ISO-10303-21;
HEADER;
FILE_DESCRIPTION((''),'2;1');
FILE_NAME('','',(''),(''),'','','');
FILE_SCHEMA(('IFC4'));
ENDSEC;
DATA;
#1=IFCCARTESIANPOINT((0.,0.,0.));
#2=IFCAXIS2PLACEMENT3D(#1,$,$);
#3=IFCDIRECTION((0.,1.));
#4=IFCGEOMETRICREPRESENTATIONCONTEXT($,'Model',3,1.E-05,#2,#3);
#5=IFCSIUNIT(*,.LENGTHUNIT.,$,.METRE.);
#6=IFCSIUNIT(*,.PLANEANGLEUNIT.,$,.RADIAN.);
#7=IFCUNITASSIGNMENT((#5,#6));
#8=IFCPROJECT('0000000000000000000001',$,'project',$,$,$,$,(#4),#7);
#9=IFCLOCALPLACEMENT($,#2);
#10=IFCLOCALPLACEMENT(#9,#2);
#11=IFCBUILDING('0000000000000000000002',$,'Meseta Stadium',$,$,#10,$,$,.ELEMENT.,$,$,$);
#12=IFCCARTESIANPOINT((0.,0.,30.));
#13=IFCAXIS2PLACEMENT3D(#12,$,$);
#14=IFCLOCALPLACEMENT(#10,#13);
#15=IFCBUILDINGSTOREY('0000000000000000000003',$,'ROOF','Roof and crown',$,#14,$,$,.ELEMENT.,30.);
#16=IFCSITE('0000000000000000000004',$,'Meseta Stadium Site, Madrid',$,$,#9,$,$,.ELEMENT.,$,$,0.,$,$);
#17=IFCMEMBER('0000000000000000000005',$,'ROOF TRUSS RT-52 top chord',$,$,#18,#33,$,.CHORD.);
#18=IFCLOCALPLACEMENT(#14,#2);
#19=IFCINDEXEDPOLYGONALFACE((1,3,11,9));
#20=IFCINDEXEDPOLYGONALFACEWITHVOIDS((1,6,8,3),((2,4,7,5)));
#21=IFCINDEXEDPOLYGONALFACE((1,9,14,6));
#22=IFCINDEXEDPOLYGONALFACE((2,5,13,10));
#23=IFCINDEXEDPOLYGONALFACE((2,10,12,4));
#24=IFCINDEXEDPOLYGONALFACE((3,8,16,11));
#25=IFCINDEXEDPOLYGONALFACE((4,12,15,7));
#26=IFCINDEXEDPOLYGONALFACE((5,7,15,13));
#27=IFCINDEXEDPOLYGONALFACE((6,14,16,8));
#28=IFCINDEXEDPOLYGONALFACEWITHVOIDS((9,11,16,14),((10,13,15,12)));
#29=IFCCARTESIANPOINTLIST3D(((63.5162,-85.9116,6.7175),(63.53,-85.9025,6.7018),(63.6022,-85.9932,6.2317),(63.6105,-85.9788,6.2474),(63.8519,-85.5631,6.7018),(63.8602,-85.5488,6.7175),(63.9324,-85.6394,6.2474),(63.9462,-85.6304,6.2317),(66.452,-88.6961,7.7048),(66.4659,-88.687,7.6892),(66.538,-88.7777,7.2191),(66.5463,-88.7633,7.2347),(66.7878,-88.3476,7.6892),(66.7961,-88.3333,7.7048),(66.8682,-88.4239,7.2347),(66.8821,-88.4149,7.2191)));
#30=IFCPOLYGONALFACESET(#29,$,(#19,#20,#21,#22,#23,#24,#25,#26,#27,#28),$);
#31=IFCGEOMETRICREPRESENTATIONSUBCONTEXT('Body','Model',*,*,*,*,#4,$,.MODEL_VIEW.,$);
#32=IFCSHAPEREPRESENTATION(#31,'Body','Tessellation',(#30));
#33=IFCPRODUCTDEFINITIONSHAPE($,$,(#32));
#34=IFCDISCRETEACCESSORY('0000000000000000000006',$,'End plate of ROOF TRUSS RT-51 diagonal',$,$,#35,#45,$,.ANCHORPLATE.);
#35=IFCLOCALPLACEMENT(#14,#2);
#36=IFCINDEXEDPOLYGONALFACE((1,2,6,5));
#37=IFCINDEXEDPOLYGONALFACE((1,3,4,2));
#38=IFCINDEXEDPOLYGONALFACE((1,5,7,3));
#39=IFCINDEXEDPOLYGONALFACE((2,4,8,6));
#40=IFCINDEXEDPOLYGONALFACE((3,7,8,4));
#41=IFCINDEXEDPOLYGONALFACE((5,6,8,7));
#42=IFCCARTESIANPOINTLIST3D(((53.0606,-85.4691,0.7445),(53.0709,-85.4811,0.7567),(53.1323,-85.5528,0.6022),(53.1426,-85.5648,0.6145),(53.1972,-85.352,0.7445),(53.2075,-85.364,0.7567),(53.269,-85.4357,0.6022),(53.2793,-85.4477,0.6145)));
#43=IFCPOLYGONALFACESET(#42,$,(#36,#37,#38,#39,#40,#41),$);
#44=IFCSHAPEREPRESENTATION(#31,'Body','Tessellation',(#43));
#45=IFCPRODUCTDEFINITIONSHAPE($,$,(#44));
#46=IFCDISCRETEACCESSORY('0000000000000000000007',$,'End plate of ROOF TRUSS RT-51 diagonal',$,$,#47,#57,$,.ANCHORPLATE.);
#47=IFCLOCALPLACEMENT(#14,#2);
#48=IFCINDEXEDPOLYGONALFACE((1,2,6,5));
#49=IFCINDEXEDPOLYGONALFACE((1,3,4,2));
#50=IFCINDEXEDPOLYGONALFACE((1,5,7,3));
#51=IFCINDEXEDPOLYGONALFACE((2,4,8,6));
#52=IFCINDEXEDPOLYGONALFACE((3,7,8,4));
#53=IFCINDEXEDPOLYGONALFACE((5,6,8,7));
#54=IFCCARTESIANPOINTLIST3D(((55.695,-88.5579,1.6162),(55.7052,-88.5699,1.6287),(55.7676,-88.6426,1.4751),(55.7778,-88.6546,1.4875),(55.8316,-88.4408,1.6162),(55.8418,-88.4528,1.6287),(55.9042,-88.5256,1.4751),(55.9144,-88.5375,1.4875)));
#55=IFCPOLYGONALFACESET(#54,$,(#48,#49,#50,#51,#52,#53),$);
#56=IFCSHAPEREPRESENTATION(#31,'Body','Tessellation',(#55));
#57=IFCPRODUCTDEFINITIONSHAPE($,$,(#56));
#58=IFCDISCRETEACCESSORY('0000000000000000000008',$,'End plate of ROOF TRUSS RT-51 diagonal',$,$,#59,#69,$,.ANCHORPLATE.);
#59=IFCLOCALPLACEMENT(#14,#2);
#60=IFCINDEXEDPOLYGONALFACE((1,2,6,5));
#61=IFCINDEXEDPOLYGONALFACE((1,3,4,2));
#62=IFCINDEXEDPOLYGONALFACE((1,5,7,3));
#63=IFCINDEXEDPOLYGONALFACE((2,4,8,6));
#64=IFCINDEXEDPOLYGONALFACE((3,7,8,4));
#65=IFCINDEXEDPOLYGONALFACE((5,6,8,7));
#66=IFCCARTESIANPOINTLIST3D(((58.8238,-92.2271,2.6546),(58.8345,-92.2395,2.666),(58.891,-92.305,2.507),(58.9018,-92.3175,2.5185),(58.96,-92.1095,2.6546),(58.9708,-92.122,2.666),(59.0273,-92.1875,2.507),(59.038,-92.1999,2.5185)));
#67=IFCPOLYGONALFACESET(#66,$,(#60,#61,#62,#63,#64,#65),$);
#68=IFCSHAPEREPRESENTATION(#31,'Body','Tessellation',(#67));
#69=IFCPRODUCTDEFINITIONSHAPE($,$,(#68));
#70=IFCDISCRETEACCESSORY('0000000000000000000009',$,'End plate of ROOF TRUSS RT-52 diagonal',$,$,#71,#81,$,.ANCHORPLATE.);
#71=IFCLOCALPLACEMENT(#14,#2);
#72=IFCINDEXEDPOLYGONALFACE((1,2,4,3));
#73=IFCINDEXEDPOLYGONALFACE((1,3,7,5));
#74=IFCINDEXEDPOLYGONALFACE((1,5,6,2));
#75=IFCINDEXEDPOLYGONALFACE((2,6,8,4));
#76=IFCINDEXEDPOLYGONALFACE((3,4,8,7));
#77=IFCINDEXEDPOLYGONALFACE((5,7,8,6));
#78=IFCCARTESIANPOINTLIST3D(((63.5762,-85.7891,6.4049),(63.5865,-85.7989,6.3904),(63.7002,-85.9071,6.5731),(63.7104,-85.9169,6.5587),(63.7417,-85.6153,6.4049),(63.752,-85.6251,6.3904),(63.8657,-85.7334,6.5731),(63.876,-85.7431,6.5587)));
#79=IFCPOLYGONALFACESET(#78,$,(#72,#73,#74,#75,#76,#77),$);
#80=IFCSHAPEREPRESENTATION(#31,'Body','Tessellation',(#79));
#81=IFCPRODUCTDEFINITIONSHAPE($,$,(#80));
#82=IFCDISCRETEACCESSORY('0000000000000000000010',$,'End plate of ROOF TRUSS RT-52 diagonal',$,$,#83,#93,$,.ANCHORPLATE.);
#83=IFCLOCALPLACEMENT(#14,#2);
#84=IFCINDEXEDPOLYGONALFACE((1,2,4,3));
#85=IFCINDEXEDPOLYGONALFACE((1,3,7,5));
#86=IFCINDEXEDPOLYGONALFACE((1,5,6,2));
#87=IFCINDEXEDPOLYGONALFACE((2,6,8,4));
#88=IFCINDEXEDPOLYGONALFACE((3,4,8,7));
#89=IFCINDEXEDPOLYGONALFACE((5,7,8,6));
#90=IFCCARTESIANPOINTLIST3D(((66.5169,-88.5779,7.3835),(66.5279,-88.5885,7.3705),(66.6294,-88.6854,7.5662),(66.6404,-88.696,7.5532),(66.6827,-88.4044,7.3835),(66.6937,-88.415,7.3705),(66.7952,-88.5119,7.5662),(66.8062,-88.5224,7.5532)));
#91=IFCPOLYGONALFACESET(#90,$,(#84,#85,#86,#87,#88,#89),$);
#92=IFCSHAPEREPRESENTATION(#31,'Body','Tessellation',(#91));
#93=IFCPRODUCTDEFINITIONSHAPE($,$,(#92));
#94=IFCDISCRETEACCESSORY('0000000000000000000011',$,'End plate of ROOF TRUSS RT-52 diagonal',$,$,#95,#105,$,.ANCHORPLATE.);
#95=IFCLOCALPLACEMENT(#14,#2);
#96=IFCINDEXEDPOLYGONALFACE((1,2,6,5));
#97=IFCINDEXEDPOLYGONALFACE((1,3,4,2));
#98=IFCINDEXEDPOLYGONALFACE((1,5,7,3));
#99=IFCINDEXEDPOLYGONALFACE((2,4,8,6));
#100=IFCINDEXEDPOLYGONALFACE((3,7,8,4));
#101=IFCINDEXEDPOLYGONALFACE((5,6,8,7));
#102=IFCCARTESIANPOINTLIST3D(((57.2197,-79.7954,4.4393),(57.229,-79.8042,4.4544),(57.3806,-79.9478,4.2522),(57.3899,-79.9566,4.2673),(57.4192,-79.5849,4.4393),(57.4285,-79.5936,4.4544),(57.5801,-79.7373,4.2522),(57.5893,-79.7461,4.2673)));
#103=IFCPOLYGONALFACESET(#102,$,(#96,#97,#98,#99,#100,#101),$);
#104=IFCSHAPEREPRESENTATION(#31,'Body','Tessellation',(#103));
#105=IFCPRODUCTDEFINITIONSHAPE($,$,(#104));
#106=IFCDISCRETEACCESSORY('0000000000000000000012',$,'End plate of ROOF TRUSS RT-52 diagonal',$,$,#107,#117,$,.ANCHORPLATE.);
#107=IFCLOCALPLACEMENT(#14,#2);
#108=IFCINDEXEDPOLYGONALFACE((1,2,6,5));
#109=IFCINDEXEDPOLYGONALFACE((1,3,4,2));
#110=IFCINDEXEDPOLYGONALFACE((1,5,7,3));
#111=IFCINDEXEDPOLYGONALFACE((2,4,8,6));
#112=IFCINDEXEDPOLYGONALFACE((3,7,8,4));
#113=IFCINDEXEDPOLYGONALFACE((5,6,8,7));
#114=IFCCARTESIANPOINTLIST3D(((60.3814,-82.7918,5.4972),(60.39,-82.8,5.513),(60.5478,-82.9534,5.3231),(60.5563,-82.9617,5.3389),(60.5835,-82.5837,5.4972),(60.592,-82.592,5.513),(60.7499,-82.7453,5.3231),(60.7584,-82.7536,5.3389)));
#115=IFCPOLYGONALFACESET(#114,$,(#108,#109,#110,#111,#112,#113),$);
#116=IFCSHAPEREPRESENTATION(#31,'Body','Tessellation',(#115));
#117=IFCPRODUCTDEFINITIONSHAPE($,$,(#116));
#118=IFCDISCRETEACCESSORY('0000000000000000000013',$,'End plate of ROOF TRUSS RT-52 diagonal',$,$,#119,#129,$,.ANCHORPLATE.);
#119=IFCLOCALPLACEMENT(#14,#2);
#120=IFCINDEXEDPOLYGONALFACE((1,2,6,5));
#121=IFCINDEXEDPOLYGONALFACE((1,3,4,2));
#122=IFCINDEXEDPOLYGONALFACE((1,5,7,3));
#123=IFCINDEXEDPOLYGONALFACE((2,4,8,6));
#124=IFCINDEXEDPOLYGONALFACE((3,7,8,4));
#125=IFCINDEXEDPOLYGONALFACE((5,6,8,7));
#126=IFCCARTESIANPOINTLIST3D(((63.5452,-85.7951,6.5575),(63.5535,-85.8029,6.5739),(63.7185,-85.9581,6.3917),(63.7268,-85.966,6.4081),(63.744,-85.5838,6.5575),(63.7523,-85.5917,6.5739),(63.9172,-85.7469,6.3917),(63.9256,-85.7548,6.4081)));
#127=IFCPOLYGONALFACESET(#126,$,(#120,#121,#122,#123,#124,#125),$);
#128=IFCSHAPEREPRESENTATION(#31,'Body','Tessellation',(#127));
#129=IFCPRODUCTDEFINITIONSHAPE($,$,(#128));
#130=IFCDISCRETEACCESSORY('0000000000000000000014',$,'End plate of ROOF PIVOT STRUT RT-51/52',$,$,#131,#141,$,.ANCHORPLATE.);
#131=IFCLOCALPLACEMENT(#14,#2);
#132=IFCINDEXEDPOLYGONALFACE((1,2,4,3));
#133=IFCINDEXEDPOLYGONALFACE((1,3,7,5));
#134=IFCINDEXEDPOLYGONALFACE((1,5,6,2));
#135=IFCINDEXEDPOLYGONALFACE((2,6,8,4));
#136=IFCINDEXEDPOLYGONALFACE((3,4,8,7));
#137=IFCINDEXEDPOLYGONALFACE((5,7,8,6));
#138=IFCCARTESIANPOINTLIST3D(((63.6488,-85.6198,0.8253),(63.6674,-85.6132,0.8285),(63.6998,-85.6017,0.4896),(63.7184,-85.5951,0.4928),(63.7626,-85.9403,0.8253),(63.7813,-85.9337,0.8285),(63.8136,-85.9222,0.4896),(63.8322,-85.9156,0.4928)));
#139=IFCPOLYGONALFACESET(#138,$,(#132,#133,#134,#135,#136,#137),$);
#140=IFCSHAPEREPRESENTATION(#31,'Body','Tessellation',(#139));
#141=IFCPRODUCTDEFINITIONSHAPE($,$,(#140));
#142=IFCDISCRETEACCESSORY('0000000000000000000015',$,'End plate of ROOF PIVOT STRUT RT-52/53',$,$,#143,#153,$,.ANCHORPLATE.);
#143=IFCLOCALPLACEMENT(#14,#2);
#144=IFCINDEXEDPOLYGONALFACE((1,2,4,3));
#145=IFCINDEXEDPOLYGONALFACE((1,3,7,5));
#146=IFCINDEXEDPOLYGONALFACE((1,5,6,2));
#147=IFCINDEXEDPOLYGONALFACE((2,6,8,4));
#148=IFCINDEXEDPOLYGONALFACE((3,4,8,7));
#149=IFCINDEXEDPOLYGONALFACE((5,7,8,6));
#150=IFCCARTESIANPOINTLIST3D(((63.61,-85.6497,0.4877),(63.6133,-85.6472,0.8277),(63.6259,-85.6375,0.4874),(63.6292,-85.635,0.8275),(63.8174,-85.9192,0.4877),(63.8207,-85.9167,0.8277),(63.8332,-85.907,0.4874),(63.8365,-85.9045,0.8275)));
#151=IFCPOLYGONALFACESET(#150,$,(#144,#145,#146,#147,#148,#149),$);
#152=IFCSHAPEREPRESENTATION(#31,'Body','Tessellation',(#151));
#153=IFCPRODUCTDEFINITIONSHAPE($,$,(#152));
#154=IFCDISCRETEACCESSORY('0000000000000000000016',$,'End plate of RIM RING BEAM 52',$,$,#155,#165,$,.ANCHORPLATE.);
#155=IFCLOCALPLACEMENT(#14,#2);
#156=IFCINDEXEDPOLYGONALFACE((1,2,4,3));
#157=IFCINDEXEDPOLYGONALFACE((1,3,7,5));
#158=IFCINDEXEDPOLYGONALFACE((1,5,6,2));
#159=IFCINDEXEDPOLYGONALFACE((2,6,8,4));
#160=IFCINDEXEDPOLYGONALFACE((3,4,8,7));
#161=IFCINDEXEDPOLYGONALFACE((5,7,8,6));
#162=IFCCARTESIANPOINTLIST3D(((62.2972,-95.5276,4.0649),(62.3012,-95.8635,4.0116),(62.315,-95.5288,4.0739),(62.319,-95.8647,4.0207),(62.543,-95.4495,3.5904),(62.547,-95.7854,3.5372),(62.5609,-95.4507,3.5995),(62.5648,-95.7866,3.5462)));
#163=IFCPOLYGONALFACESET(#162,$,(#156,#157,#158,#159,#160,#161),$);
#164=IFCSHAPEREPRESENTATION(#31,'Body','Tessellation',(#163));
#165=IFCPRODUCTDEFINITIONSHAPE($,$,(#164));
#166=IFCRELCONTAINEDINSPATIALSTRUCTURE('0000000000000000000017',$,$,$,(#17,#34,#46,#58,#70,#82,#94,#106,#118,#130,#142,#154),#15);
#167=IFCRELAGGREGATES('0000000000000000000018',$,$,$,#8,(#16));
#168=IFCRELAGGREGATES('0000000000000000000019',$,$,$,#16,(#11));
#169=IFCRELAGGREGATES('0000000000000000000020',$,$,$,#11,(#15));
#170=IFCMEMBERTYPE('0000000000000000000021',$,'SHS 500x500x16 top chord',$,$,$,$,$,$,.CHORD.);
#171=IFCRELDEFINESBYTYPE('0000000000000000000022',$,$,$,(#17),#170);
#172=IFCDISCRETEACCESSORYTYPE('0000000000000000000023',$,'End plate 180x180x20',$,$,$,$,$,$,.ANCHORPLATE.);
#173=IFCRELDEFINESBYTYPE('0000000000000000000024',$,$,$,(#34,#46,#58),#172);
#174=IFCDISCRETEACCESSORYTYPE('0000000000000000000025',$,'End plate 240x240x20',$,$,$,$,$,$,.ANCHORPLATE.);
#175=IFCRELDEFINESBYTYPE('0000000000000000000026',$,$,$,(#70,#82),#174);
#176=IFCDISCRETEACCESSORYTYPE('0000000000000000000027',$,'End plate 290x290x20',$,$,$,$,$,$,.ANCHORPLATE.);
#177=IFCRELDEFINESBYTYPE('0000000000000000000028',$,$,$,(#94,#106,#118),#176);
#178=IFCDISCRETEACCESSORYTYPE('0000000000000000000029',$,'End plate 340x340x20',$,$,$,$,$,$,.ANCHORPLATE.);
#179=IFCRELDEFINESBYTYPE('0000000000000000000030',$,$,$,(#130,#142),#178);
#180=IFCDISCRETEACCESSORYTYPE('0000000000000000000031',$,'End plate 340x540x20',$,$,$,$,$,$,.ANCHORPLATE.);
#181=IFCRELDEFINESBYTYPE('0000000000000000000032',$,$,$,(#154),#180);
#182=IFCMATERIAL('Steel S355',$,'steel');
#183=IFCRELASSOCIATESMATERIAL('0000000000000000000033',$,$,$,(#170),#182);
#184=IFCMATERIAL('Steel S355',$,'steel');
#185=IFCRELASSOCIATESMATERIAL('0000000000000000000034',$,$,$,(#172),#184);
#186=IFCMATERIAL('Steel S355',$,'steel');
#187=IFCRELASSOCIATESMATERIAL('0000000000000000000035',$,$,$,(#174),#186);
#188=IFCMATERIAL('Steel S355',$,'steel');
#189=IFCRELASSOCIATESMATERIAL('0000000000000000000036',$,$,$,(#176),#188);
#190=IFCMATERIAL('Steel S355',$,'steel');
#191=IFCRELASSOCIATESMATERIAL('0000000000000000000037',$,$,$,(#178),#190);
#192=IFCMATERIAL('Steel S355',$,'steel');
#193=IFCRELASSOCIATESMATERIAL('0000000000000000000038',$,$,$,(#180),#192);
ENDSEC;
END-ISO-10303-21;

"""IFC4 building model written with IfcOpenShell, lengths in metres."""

from ifc_helpers import new_model, si_unit, direction, frame, origin, origin_2d, place, context, subcontext, project, spatial, rectangle, hollow_rectangle, extrude, material, material_profile, profile_set, type_object, element, save


model = new_model("IFC4")

# Units and contexts
model_context = context("Model", 3, precision=1e-05, world=origin(), true_north=direction((0.0, 1.0)))
body_context = subcontext(model_context, "Body", "Model", "MODEL_VIEW")
ifc_project = project(units=[si_unit("LENGTHUNIT", "METRE"), si_unit("PLANEANGLEUNIT", "RADIAN")], contexts=[model_context])

# Site, building, storey
site_placement = place(None, origin())
site = spatial("IfcSite", under=ifc_project, at=site_placement, Name="Meseta Stadium Site, Madrid", CompositionType="ELEMENT", RefElevation=0.0)
building_placement = place(site_placement, origin())
building = spatial("IfcBuilding", under=site, at=building_placement, Name="Meseta Stadium", CompositionType="ELEMENT")
storey_placement = place(building_placement, frame((0.0, 0.0, 30.0)))
storey = spatial("IfcBuildingStorey", under=building, at=storey_placement, Name="ROOF", Description="Roof and crown", CompositionType="ELEMENT", Elevation=30.0)

# Member
ifc_material_1 = material(Name="Steel S355", Category="steel")
ifc_material_profile_1 = material_profile(ifc_material_1, hollow_rectangle(XDim=0.5, YDim=0.5, WallThickness=0.0161, at=origin_2d()), Name="SHS 500x500x16")
ifc_profile_set_1 = profile_set([ifc_material_profile_1], Name="Steel S355")
member_type_1 = type_object("IfcMemberType", Name="SHS 500x500x16 top chord", PredefinedType="CHORD", material=ifc_profile_set_1)
member_1_placement = place(storey_placement, frame((63.7312, -85.771, 6.4746), z_axis=(0.704883, -0.66854, 0.237052), x_axis=(0.688155, 0.725564, 0.0)))
element("IfcMember", 1, at=member_1_placement, inside=storey, type_object=member_type_1, Name="ROOF TRUSS RT-52 top chord", PredefinedType="CHORD", context=body_context, shape_type="SweptSolid", body=[
    extrude(hollow_rectangle(XDim=0.5, YDim=0.5, WallThickness=0.0161, at=origin_2d()), origin(), (0.0, 0.0, 1.0), 4.165),
])

# Discrete accessories
ifc_material_2 = material(Name="Steel S355", Category="steel")
ifc_material_profile_2 = material_profile(ifc_material_2, rectangle(XDim=0.1799, YDim=0.1799, at=origin_2d()), Name="PL 180x180")
ifc_profile_set_2 = profile_set([ifc_material_profile_2], Name="Steel S355")
discrete_accessory_type_1 = type_object("IfcDiscreteAccessoryType", Name="End plate 180x180x20", PredefinedType="ANCHORPLATE", material=ifc_profile_set_2)
for number, where, z_axis, x_axis, name in (
    (2, (53.1648, -85.4524, 0.6733), (0.514457, -0.6002, 0.612449), (0.759257, 0.650791, 0.0), "End plate of ROOF TRUSS RT-51 diagonal"),
    (3, (55.7996, -88.5417, 1.5457), (0.510603, -0.595703, 0.620018), (0.759257, 0.650791, 0.0), "End plate of ROOF TRUSS RT-51 diagonal"),
    (4, (58.9255, -92.2073, 2.5808), (0.53571, -0.620936, 0.572235), (0.757157, 0.653233, 0.0), "End plate of ROOF TRUSS RT-51 diagonal"),
):
    element("IfcDiscreteAccessory", number, at=place(storey_placement, frame(where, z_axis=z_axis, x_axis=x_axis)), inside=storey, type_object=discrete_accessory_type_1, Name=name, PredefinedType="ANCHORPLATE", context=body_context, shape_type="SweptSolid", body=[
        extrude(rectangle(XDim=0.1799, YDim=0.1799, at=origin_2d()), origin(), (0.0, 0.0, 1.0), 0.02),
    ])
ifc_material_3 = material(Name="Steel S355", Category="steel")
ifc_material_profile_3 = material_profile(ifc_material_3, rectangle(XDim=0.24, YDim=0.24, at=origin_2d()), Name="PL 240x240")
ifc_profile_set_3 = profile_set([ifc_material_profile_3], Name="Steel S355")
discrete_accessory_type_2 = type_object("IfcDiscreteAccessoryType", Name="End plate 240x240x20", PredefinedType="ANCHORPLATE", material=ifc_profile_set_3)
discrete_accessory_1_placement = place(storey_placement, frame((63.7209, -85.7612, 6.489), z_axis=(0.507648, -0.483474, -0.713124), x_axis=(0.689655, 0.724138, 0.0)))
element("IfcDiscreteAccessory", 5, at=discrete_accessory_1_placement, inside=storey, type_object=discrete_accessory_type_2, Name="End plate of ROOF TRUSS RT-52 diagonal", PredefinedType="ANCHORPLATE", context=body_context, shape_type="SweptSolid", body=[
    extrude(rectangle(XDim=0.24, YDim=0.24, at=origin_2d()), origin(), (0.0, 0.0, 1.0), 0.0203),
])
discrete_accessory_2_placement = place(storey_placement, frame((66.656, -88.5449, 7.4749), z_axis=(0.550461, -0.525996, -0.648321), x_axis=(0.690858, 0.722991, 0.0)))
element("IfcDiscreteAccessory", 6, at=discrete_accessory_2_placement, inside=storey, type_object=discrete_accessory_type_2, Name="End plate of ROOF TRUSS RT-52 diagonal", PredefinedType="ANCHORPLATE", context=body_context, shape_type="SweptSolid", body=[
    extrude(rectangle(XDim=0.24, YDim=0.24, at=origin_2d()), origin(), (0.0, 0.0, 1.0), 0.02),
])
ifc_material_4 = material(Name="Steel S355", Category="steel")
ifc_material_profile_4 = material_profile(ifc_material_4, rectangle(XDim=0.29, YDim=0.29, at=origin_2d()), Name="PL 290x290")
ifc_profile_set_4 = profile_set([ifc_material_profile_4], Name="Steel S355")
discrete_accessory_type_3 = type_object("IfcDiscreteAccessoryType", Name="End plate 290x290x20", PredefinedType="ANCHORPLATE", material=ifc_profile_set_4)
for number, where, z_axis, x_axis, name in (
    (7, (57.3999, -79.7664, 4.3457), (0.468316, -0.443667, 0.764094), (0.687745, 0.725953, 0.0), "End plate of ROOF TRUSS RT-52 diagonal"),
    (8, (60.5657, -82.7686, 5.4102), (0.430625, -0.418321, 0.799731), (0.696786, 0.717279, 0.0), "End plate of ROOF TRUSS RT-52 diagonal"),
):
    element("IfcDiscreteAccessory", number, at=place(storey_placement, frame(where, z_axis=z_axis, x_axis=x_axis)), inside=storey, type_object=discrete_accessory_type_3, Name=name, PredefinedType="ANCHORPLATE", context=body_context, shape_type="SweptSolid", body=[
        extrude(rectangle(XDim=0.29, YDim=0.29, at=origin_2d()), origin(), (0.0, 0.0, 1.0), 0.0198),
    ])
discrete_accessory_3_placement = place(storey_placement, frame((63.7312, -85.771, 6.4746), z_axis=(0.41634, -0.39185, 0.820436), x_axis=(0.685365, 0.7282, 0.0)))
element("IfcDiscreteAccessory", 9, at=discrete_accessory_3_placement, inside=storey, type_object=discrete_accessory_type_3, Name="End plate of ROOF TRUSS RT-52 diagonal", PredefinedType="ANCHORPLATE", context=body_context, shape_type="SweptSolid", body=[
    extrude(rectangle(XDim=0.29, YDim=0.29, at=origin_2d()), origin(), (0.0, 0.0, 1.0), 0.02),
])
ifc_material_5 = material(Name="Steel S355", Category="steel")
ifc_material_profile_5 = material_profile(ifc_material_5, rectangle(XDim=0.3401, YDim=0.3401, at=origin_2d()), Name="PL 340x340")
ifc_profile_set_5 = profile_set([ifc_material_profile_5], Name="Steel S355")
discrete_accessory_type_4 = type_object("IfcDiscreteAccessoryType", Name="End plate 340x340x20", PredefinedType="ANCHORPLATE", material=ifc_profile_set_5)
for number, where, z_axis, x_axis, name in (
    (10, (63.7312, -85.771, 0.6575), (0.930295, 0.330499, 0.159129), (-0.334765, 0.942302, 0.0), "End plate of ROOF PIVOT STRUT RT-51/52"),
    (11, (63.7153, -85.7832, 0.6577), (0.792565, 0.609665, -0.012193), (-0.609711, 0.792624, 0.0), "End plate of ROOF PIVOT STRUT RT-52/53"),
):
    element("IfcDiscreteAccessory", number, at=place(storey_placement, frame(where, z_axis=z_axis, x_axis=x_axis)), inside=storey, type_object=discrete_accessory_type_4, Name=name, PredefinedType="ANCHORPLATE", context=body_context, shape_type="SweptSolid", body=[
        extrude(rectangle(XDim=0.3401, YDim=0.3401, at=origin_2d()), origin(), (0.0, 0.0, 1.0), 0.02),
    ])
ifc_material_6 = material(Name="Steel S355", Category="steel")
ifc_material_profile_6 = material_profile(ifc_material_6, rectangle(XDim=0.3401, YDim=0.54, at=origin_2d()), Name="PL 340x540")
ifc_profile_set_6 = profile_set([ifc_material_profile_6], Name="Steel S355")
discrete_accessory_type_5 = type_object("IfcDiscreteAccessoryType", Name="End plate 340x540x20", PredefinedType="ANCHORPLATE", material=ifc_profile_set_6)
discrete_accessory_4_placement = place(storey_placement, frame((62.4221, -95.6565, 3.801), z_axis=(0.89031, -0.06098, 0.451253), x_axis=(-0.011705, 0.9876, 0.156552)))
element("IfcDiscreteAccessory", 12, at=discrete_accessory_4_placement, inside=storey, type_object=discrete_accessory_type_5, Name="End plate of RIM RING BEAM 52", PredefinedType="ANCHORPLATE", context=body_context, shape_type="SweptSolid", body=[
    extrude(rectangle(XDim=0.3401, YDim=0.54, at=origin_2d()), origin(), (0.0, 0.0, 1.0), 0.02),
])

save(model, "model.ifc")
